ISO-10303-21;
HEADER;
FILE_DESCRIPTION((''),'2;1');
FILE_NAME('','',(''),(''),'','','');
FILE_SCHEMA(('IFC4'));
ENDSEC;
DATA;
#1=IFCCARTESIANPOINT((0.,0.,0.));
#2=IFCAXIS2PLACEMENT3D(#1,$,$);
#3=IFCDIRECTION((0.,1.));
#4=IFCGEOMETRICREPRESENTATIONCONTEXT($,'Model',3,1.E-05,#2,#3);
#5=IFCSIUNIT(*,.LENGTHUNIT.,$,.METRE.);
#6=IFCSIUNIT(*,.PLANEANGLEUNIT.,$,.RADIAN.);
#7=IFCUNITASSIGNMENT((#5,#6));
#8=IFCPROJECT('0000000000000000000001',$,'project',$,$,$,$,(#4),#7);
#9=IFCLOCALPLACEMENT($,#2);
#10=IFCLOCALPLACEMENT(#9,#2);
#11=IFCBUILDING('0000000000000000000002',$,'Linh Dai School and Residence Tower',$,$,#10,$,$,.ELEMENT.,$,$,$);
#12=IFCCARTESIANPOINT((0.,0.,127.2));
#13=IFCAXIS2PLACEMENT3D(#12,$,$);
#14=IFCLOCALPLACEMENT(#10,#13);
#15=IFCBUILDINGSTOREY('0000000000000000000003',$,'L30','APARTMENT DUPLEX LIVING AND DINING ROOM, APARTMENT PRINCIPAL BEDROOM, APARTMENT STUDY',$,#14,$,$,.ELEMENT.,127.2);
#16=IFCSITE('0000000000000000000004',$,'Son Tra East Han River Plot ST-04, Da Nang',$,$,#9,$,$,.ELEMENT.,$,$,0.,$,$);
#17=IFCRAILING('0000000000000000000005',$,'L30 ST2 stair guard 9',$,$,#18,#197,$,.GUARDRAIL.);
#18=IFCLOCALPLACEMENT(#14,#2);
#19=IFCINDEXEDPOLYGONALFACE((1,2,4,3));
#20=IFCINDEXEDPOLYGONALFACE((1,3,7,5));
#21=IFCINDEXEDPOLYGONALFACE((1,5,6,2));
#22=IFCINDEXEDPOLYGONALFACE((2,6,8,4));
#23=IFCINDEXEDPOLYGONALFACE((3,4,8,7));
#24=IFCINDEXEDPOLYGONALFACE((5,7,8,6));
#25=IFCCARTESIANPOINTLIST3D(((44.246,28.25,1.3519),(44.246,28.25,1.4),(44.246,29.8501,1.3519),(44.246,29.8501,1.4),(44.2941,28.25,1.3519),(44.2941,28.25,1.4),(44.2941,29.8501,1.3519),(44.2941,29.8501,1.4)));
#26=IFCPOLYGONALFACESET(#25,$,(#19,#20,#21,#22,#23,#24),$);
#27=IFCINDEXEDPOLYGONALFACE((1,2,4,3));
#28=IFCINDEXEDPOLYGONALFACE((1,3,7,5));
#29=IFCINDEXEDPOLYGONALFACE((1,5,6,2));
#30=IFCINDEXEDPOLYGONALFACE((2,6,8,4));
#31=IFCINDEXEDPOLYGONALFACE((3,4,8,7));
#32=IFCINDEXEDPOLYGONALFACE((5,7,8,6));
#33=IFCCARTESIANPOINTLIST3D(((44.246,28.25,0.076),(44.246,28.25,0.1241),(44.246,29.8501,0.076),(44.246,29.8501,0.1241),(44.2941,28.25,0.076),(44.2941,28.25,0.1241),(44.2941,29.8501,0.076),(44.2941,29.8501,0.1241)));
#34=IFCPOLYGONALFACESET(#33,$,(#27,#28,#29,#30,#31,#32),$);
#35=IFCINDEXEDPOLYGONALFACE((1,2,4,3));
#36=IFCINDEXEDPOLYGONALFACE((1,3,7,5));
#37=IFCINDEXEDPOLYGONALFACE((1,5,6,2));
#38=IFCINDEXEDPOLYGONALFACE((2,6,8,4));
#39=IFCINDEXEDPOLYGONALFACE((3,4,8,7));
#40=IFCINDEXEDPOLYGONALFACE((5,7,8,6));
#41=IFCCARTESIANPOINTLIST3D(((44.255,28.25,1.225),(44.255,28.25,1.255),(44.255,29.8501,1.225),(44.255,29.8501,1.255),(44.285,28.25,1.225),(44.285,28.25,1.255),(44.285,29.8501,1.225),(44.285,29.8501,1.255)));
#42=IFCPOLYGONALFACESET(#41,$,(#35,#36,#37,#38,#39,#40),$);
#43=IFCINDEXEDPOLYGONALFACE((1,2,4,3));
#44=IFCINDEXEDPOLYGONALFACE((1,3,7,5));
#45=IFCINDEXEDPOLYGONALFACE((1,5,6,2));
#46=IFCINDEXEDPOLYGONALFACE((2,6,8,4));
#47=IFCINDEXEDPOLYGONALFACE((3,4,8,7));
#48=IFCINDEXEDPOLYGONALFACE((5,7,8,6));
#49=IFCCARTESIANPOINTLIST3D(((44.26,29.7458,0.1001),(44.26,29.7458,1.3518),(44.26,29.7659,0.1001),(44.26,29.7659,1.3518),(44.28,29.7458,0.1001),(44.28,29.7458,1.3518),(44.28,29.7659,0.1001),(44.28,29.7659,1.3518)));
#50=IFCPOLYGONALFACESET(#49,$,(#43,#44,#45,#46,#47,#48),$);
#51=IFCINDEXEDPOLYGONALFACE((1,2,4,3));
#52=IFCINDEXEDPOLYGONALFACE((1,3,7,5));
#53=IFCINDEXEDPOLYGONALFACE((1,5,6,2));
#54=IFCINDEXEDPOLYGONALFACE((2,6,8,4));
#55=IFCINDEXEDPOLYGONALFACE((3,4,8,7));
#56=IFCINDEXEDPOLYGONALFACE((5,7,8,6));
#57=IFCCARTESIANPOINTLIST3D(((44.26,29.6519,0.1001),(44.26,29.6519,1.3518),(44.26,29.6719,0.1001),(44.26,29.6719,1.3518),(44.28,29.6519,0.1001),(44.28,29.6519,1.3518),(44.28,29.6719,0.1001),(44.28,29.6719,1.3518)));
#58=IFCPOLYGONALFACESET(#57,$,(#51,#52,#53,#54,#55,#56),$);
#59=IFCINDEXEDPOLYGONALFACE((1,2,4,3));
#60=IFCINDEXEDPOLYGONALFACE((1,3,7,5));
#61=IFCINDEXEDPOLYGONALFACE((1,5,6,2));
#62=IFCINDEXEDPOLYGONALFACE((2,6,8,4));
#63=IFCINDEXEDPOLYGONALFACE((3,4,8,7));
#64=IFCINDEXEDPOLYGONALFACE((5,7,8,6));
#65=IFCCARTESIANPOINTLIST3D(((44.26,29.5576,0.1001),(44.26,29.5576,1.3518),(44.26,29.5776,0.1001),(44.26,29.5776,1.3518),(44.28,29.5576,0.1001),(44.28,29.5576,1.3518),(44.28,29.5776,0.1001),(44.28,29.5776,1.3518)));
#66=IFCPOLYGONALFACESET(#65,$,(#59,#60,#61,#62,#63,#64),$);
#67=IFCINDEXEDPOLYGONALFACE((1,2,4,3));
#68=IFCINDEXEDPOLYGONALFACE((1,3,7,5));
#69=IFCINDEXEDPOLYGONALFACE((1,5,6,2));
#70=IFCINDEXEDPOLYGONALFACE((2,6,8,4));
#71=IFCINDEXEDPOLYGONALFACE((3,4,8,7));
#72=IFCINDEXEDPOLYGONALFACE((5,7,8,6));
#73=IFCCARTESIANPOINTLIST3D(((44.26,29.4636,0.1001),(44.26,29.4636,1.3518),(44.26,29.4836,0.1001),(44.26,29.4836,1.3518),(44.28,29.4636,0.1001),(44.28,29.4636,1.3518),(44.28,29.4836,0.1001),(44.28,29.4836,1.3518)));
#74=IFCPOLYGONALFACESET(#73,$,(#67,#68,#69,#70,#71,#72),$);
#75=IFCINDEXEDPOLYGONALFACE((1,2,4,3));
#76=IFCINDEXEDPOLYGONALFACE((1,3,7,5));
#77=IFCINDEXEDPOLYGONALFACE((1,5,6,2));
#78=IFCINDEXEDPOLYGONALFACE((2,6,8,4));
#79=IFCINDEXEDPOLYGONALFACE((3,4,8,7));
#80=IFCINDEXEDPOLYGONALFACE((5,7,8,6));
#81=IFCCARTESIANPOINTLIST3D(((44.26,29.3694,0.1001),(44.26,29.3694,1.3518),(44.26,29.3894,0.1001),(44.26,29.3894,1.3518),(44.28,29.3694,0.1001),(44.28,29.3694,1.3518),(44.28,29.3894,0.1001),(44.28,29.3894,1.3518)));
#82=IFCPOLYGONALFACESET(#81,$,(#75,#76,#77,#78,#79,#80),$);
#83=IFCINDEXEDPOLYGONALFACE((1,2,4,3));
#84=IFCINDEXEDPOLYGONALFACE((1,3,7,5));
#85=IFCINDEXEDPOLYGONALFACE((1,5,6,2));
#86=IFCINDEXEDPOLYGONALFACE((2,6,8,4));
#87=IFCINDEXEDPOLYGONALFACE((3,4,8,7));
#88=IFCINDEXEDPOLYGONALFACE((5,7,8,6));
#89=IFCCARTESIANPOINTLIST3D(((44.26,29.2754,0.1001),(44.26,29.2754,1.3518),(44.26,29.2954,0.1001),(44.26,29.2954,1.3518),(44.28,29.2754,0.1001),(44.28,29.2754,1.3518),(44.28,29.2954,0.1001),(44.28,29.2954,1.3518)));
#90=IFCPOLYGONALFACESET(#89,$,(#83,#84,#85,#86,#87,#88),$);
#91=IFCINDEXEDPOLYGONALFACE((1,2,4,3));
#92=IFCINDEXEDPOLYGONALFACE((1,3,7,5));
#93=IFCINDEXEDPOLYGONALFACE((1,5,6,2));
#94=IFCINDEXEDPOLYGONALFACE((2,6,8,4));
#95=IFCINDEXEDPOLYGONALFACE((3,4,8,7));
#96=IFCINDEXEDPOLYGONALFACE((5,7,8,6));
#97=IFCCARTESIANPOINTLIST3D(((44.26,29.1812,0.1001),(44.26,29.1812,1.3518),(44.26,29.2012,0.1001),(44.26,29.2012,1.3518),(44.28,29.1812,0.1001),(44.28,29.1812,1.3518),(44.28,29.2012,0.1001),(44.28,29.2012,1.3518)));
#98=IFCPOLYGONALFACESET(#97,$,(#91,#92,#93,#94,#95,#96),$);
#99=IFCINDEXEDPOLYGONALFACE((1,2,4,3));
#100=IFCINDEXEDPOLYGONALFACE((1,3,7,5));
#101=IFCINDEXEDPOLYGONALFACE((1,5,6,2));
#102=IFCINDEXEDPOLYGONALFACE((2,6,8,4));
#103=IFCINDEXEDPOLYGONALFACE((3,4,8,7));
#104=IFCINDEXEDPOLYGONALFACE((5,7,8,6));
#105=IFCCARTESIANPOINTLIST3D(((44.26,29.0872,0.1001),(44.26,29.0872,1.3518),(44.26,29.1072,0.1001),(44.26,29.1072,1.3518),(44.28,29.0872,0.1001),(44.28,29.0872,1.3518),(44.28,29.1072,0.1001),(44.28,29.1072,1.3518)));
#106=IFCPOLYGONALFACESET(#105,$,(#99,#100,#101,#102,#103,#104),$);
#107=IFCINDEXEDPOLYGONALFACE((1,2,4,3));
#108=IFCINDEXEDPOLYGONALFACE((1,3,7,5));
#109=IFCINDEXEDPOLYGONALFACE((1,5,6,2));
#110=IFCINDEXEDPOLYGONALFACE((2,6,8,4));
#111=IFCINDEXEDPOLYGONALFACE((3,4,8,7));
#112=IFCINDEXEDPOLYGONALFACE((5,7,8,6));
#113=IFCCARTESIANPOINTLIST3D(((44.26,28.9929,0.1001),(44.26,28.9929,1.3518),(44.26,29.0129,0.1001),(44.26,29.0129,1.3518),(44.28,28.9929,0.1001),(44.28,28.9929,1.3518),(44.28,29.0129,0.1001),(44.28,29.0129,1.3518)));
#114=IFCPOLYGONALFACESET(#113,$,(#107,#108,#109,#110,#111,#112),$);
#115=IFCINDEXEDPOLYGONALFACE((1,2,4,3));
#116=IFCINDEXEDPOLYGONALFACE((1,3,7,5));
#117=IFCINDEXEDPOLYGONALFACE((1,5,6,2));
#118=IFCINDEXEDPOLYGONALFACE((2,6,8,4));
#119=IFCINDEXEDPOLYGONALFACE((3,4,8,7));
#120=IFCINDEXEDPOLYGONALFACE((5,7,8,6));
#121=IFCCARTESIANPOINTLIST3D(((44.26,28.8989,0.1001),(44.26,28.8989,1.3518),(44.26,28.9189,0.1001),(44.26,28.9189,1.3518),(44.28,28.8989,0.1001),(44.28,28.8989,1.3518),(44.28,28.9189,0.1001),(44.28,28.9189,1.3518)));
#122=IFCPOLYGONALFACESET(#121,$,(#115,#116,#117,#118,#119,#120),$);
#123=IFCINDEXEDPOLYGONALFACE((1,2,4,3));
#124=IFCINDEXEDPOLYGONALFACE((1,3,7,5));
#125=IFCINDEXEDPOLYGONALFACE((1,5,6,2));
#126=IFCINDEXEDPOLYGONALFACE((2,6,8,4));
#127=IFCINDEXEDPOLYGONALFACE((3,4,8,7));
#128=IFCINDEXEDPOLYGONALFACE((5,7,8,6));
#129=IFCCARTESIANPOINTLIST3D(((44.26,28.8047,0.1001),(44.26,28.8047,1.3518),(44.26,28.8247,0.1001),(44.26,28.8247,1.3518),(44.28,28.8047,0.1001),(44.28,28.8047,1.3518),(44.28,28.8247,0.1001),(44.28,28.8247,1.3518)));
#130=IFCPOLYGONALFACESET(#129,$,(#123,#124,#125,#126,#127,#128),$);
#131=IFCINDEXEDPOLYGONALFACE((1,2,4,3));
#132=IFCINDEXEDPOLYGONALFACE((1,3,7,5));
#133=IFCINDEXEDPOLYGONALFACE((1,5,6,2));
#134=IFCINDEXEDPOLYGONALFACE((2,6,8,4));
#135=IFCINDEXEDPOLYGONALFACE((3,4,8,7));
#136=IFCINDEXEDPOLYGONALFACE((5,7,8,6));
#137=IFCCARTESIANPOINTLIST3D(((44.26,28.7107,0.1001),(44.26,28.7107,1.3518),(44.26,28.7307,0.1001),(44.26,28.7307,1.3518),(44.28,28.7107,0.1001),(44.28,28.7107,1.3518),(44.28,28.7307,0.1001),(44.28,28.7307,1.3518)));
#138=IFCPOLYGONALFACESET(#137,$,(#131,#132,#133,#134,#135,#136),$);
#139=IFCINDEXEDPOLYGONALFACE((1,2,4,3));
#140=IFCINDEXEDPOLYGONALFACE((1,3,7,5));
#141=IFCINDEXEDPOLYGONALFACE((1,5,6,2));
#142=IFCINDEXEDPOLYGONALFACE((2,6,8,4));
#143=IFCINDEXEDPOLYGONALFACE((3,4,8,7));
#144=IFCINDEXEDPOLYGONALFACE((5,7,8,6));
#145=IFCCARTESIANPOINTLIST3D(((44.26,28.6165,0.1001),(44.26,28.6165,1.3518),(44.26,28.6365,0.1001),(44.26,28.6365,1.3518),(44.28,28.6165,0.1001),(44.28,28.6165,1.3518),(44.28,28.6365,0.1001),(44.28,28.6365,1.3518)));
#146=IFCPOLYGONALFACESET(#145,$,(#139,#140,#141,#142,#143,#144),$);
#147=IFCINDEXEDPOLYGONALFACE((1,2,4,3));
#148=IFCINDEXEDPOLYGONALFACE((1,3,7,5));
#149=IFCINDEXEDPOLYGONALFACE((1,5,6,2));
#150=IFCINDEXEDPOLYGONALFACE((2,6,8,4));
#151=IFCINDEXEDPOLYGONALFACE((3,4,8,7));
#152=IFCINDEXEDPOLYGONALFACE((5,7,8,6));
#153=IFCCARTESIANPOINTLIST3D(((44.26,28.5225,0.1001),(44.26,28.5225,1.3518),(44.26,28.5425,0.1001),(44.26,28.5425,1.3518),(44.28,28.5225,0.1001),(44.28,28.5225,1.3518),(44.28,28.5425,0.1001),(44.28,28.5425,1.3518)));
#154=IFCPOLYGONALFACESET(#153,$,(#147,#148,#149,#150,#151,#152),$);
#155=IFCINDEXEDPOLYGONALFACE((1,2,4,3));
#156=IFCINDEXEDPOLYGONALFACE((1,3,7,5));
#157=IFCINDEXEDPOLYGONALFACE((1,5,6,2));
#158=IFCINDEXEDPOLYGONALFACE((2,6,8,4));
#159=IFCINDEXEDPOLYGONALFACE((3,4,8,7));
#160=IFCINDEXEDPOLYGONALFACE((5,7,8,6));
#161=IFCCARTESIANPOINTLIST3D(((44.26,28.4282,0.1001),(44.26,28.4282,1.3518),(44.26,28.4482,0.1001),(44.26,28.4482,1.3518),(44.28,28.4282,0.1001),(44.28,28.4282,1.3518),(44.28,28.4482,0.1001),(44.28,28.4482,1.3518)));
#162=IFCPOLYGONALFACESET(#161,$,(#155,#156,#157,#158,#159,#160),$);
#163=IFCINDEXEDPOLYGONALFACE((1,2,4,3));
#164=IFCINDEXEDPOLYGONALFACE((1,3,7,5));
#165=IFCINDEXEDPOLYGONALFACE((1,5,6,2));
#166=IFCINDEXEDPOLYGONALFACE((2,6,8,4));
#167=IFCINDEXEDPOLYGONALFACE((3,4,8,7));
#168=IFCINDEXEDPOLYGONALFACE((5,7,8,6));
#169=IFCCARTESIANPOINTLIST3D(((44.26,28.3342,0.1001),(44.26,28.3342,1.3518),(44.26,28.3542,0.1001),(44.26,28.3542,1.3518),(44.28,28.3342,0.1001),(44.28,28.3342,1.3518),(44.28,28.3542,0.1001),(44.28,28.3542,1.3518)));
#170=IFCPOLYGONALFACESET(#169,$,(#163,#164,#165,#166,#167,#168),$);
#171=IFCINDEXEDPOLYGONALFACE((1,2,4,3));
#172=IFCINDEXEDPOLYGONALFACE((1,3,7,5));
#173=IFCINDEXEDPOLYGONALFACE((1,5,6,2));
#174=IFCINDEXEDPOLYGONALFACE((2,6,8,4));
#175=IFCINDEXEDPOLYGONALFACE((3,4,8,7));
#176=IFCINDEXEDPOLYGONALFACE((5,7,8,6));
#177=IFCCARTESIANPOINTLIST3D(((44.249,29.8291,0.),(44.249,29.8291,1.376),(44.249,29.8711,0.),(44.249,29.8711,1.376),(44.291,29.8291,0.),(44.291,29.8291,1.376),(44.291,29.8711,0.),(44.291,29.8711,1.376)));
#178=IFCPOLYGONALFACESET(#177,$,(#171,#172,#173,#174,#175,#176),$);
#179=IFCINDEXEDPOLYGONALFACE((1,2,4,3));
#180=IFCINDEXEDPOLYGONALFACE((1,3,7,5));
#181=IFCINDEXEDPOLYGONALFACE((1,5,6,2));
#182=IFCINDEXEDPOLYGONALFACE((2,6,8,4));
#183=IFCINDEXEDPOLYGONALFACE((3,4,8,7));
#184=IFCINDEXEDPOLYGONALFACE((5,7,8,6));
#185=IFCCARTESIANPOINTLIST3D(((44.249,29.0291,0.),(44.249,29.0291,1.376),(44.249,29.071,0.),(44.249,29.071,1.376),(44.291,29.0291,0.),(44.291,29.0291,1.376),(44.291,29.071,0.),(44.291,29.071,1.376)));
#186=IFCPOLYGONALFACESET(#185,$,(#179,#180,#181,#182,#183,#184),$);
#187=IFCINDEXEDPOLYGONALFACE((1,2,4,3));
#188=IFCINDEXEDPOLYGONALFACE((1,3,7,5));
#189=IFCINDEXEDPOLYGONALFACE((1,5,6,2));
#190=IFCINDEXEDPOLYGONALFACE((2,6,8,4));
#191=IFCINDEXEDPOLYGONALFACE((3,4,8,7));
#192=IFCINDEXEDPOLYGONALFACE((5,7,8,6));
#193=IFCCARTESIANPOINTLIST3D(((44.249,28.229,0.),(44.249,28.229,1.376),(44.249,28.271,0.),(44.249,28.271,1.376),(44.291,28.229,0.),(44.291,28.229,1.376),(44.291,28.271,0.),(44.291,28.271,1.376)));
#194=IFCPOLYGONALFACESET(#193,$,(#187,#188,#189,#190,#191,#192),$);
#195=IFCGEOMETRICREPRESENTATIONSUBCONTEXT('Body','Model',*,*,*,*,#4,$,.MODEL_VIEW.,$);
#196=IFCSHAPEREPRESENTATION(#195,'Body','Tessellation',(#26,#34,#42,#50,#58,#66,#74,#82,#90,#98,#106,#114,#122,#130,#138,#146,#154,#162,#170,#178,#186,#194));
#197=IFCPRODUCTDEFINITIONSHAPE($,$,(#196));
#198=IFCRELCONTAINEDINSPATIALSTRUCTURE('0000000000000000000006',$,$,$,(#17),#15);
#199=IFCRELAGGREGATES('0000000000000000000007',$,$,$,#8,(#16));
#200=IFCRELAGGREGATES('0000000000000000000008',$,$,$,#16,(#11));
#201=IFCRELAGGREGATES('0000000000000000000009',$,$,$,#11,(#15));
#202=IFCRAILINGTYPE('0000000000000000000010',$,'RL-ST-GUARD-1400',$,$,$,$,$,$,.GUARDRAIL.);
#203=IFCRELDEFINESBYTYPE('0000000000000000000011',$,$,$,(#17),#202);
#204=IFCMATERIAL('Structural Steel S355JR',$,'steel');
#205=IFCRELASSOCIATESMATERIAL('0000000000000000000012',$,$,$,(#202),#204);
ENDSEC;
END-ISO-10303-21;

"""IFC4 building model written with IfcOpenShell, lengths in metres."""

from ifc_helpers import new_model, si_unit, direction, frame, origin, origin_2d, place, context, subcontext, project, spatial, rectangle, extrude, source, transform, mapped, material, type_object, element, save


model = new_model("IFC4")

# Units and contexts
model_context = context("Model", 3, precision=1e-05, world=origin(), true_north=direction((0.0, 1.0)))
body_context = subcontext(model_context, "Body", "Model", "MODEL_VIEW")
ifc_project = project(units=[si_unit("LENGTHUNIT", "METRE"), si_unit("PLANEANGLEUNIT", "RADIAN")], contexts=[model_context])

# Site, building, storey
site_placement = place(None, origin())
site = spatial("IfcSite", under=ifc_project, at=site_placement, Name="Son Tra East Han River Plot ST-04, Da Nang", CompositionType="ELEMENT", RefElevation=0.0)
building_placement = place(site_placement, origin())
building = spatial("IfcBuilding", under=site, at=building_placement, Name="Linh Dai School and Residence Tower", CompositionType="ELEMENT")
storey_placement = place(building_placement, frame((0.0, 0.0, 127.2)))
storey = spatial("IfcBuildingStorey", under=building, at=storey_placement, Name="L30", Description="APARTMENT DUPLEX LIVING AND DINING ROOM, APARTMENT PRINCIPAL BEDROOM, APARTMENT STUDY", CompositionType="ELEMENT", Elevation=127.2)

# Shared definitions
ifc_material_1 = material(Name="Structural Steel S355JR", Category="steel")

# Railing
railing_type_1 = type_object("IfcRailingType", Name="RL-ST-GUARD-1400", PredefinedType="GUARDRAIL", material=ifc_material_1)
shared_shape_1 = source(origin(), body_context, "Body", "SweptSolid", [
    extrude(rectangle(XDim=0.0481, YDim=0.0481, at=origin_2d()), frame((0.0, 0.0, 1.376), z_axis=(0.0, -1.0, 0.0), x_axis=(1.0, 0.0, 0.0)), (0.0, 0.0, 1.0), 1.6001),
    extrude(rectangle(XDim=0.0481, YDim=0.0481, at=origin_2d()), frame((0.0, 0.0, 0.1001), z_axis=(0.0, -1.0, 0.0), x_axis=(1.0, 0.0, 0.0)), (0.0, 0.0, 1.0), 1.6001),
    extrude(rectangle(XDim=0.03, YDim=0.03, at=origin_2d()), frame((0.0, 0.0, 1.24), z_axis=(0.0, -1.0, 0.0), x_axis=(1.0, 0.0, 0.0)), (0.0, 0.0, 1.0), 1.6001),
    extrude(rectangle(XDim=0.02, YDim=0.02, at=origin_2d()), frame((0.0, -0.0942, 0.1001)), (0.0, 0.0, 1.0), 1.2517),
    extrude(rectangle(XDim=0.02, YDim=0.02, at=origin_2d()), frame((0.0, -0.1882, 0.1001)), (0.0, 0.0, 1.0), 1.2517),
    extrude(rectangle(XDim=0.02, YDim=0.02, at=origin_2d()), frame((0.0, -0.2825, 0.1001)), (0.0, 0.0, 1.0), 1.2517),
    extrude(rectangle(XDim=0.02, YDim=0.02, at=origin_2d()), frame((0.0, -0.3765, 0.1001)), (0.0, 0.0, 1.0), 1.2517),
    extrude(rectangle(XDim=0.02, YDim=0.02, at=origin_2d()), frame((0.0, -0.4707, 0.1001)), (0.0, 0.0, 1.0), 1.2517),
    extrude(rectangle(XDim=0.02, YDim=0.02, at=origin_2d()), frame((0.0, -0.5647, 0.1001)), (0.0, 0.0, 1.0), 1.2517),
    extrude(rectangle(XDim=0.02, YDim=0.02, at=origin_2d()), frame((0.0, -0.6589, 0.1001)), (0.0, 0.0, 1.0), 1.2517),
    extrude(rectangle(XDim=0.02, YDim=0.02, at=origin_2d()), frame((0.0, -0.7529, 0.1001)), (0.0, 0.0, 1.0), 1.2517),
    extrude(rectangle(XDim=0.02, YDim=0.02, at=origin_2d()), frame((0.0, -0.8472, 0.1001)), (0.0, 0.0, 1.0), 1.2517),
    extrude(rectangle(XDim=0.02, YDim=0.02, at=origin_2d()), frame((0.0, -0.9412, 0.1001)), (0.0, 0.0, 1.0), 1.2517),
    extrude(rectangle(XDim=0.02, YDim=0.02, at=origin_2d()), frame((0.0, -1.0354, 0.1001)), (0.0, 0.0, 1.0), 1.2517),
    extrude(rectangle(XDim=0.02, YDim=0.02, at=origin_2d()), frame((0.0, -1.1294, 0.1001)), (0.0, 0.0, 1.0), 1.2517),
    extrude(rectangle(XDim=0.02, YDim=0.02, at=origin_2d()), frame((0.0, -1.2236, 0.1001)), (0.0, 0.0, 1.0), 1.2517),
    extrude(rectangle(XDim=0.02, YDim=0.02, at=origin_2d()), frame((0.0, -1.3176, 0.1001)), (0.0, 0.0, 1.0), 1.2517),
    extrude(rectangle(XDim=0.02, YDim=0.02, at=origin_2d()), frame((0.0, -1.4119, 0.1001)), (0.0, 0.0, 1.0), 1.2517),
    extrude(rectangle(XDim=0.02, YDim=0.02, at=origin_2d()), frame((0.0, -1.5059, 0.1001)), (0.0, 0.0, 1.0), 1.2517),
    extrude(rectangle(XDim=0.042, YDim=0.042, at=origin_2d()), origin(), (0.0, 0.0, 1.0), 1.376),
    extrude(rectangle(XDim=0.042, YDim=0.042, at=origin_2d()), frame((0.0, -0.8, 0.0)), (0.0, 0.0, 1.0), 1.376),
    extrude(rectangle(XDim=0.042, YDim=0.042, at=origin_2d()), frame((0.0, -1.6001, 0.0)), (0.0, 0.0, 1.0), 1.376),
])
for number, where, name in (
    (1, (44.27, 29.8501, 0.0), "L30 ST2 stair guard 9"),
):
    element("IfcRailing", number, at=place(storey_placement, frame(where)), inside=storey, type_object=railing_type_1, Name=name, PredefinedType="GUARDRAIL", context=body_context, shape_type="MappedRepresentation", body=[
        mapped(shared_shape_1, transform((0.0, 0.0, 0.0), x_axis=(1.0, 0.0, 0.0), y_axis=(0.0, 1.0, 0.0), z_axis=(0.0, 0.0, 1.0), scale=1.0)),
    ])

save(model, "model.ifc")
